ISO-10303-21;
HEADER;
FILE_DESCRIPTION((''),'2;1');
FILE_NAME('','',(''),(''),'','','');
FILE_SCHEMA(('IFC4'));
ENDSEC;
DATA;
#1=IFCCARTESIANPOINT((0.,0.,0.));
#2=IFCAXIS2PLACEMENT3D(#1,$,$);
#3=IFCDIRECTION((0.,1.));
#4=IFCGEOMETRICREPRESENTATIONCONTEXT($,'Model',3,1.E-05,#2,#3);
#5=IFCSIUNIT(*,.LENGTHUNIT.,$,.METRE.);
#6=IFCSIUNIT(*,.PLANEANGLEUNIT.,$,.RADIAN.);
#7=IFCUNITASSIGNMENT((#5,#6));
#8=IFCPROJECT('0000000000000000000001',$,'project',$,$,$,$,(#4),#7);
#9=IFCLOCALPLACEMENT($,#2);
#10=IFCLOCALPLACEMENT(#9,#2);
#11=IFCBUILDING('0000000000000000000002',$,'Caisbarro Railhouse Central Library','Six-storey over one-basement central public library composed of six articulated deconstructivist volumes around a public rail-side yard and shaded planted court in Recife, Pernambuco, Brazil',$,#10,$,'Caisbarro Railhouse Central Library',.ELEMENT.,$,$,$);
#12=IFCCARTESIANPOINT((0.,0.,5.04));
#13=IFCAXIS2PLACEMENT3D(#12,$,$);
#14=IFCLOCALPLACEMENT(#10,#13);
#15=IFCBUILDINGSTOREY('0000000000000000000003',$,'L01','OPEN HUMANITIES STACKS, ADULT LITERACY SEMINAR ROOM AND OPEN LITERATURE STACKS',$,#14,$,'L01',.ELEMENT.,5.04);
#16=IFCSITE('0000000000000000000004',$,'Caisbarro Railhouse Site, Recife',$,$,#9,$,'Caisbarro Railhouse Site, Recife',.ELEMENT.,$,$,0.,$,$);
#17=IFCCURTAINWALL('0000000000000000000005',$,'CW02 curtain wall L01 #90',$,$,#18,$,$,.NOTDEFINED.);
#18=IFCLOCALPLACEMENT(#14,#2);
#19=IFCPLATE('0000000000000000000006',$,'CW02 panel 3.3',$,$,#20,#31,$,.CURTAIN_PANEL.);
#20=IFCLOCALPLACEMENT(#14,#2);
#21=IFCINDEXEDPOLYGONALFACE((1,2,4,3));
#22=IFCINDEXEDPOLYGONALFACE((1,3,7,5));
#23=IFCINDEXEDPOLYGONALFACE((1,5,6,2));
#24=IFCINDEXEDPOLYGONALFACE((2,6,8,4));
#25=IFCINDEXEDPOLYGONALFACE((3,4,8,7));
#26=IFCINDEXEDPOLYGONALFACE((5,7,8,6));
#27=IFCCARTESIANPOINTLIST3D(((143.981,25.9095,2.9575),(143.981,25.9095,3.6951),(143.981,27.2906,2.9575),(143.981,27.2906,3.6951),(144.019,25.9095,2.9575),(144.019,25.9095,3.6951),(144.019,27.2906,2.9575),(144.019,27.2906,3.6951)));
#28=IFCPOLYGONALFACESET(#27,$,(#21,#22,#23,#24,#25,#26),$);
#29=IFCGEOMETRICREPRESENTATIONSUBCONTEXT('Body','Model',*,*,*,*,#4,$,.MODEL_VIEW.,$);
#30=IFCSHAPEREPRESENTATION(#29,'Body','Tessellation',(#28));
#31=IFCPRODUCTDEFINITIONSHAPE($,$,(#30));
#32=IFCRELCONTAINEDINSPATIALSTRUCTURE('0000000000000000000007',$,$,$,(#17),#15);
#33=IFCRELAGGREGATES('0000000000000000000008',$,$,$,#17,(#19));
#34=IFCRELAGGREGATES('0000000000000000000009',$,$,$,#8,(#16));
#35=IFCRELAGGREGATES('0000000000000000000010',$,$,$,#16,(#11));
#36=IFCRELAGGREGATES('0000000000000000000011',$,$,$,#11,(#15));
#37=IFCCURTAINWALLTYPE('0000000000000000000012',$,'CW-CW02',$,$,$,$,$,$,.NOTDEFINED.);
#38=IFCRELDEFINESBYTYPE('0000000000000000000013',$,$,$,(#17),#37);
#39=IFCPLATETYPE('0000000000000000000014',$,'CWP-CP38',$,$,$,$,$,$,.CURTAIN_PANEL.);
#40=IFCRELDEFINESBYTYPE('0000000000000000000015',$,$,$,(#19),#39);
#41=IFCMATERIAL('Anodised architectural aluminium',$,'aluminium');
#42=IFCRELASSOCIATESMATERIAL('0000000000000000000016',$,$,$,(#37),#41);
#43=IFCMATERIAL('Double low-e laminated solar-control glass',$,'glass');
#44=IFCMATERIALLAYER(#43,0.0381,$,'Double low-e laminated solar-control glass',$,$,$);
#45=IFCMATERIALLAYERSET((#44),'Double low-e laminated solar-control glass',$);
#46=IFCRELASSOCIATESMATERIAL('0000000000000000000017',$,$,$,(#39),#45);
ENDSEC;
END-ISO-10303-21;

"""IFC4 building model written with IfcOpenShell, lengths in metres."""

from ifc_helpers import new_model, si_unit, direction, frame, origin, origin_2d, place, context, subcontext, project, spatial, rectangle, extrude, material, layer, layer_set, type_object, element, aggregate, save


model = new_model("IFC4")

# Units and contexts
model_context = context("Model", 3, precision=1e-05, world=origin(), true_north=direction((0.0, 1.0)))
body_context = subcontext(model_context, "Body", "Model", "MODEL_VIEW")
ifc_project = project(units=[si_unit("LENGTHUNIT", "METRE"), si_unit("PLANEANGLEUNIT", "RADIAN")], contexts=[model_context])

# Site, building, storey
site_placement = place(None, origin())
site = spatial("IfcSite", under=ifc_project, at=site_placement, Name="Caisbarro Railhouse Site, Recife", LongName="Caisbarro Railhouse Site, Recife", CompositionType="ELEMENT", RefElevation=0.0)
building_placement = place(site_placement, origin())
building = spatial("IfcBuilding", under=site, at=building_placement, Name="Caisbarro Railhouse Central Library", Description="Six-storey over one-basement central public library composed of six articulated deconstructivist volumes around a public rail-side yard and shaded planted court in Recife, Pernambuco, Brazil", LongName="Caisbarro Railhouse Central Library", CompositionType="ELEMENT")
storey_placement = place(building_placement, frame((0.0, 0.0, 5.04)))
storey = spatial("IfcBuildingStorey", under=building, at=storey_placement, Name="L01", Description="OPEN HUMANITIES STACKS, ADULT LITERACY SEMINAR ROOM AND OPEN LITERATURE STACKS", LongName="L01", CompositionType="ELEMENT", Elevation=5.04)

# Shared definitions
ifc_material_1 = material(Name="Anodised architectural aluminium", Category="aluminium")
curtain_wall_type = type_object("IfcCurtainWallType", Name="CW-CW02", PredefinedType="NOTDEFINED", material=ifc_material_1)

# Curtain wall
curtain_wall_1_placement = place(storey_placement, origin())
curtain_wall_1 = element("IfcCurtainWall", 1, at=curtain_wall_1_placement, inside=storey, type_object=curtain_wall_type, Name="CW02 curtain wall L01 #90", PredefinedType="NOTDEFINED")

# Plate
ifc_material_2 = material(Name="Double low-e laminated solar-control glass", Category="glass")
ifc_layer = layer(ifc_material_2, 0.0381, Name="Double low-e laminated solar-control glass")
ifc_layer_set = layer_set([ifc_layer], Name="Double low-e laminated solar-control glass")
plate_type = type_object("IfcPlateType", Name="CWP-CP38", PredefinedType="CURTAIN_PANEL", material=ifc_layer_set)
plate_1_placement = place(storey_placement, frame((144.0, 26.6001, 2.9575), z_axis=(0.0, 0.0, 1.0), x_axis=(0.0, 1.0, 0.0)))
plate_1 = element("IfcPlate", 2, at=plate_1_placement, type_object=plate_type, Name="CW02 panel 3.3", PredefinedType="CURTAIN_PANEL", context=body_context, shape_type="SweptSolid", body=[
    extrude(rectangle(XDim=1.3811, YDim=0.0381, at=origin_2d()), origin(), (0.0, 0.0, 1.0), 0.7375),
])
aggregate(curtain_wall_1, [plate_1])

save(model, "model.ifc")
